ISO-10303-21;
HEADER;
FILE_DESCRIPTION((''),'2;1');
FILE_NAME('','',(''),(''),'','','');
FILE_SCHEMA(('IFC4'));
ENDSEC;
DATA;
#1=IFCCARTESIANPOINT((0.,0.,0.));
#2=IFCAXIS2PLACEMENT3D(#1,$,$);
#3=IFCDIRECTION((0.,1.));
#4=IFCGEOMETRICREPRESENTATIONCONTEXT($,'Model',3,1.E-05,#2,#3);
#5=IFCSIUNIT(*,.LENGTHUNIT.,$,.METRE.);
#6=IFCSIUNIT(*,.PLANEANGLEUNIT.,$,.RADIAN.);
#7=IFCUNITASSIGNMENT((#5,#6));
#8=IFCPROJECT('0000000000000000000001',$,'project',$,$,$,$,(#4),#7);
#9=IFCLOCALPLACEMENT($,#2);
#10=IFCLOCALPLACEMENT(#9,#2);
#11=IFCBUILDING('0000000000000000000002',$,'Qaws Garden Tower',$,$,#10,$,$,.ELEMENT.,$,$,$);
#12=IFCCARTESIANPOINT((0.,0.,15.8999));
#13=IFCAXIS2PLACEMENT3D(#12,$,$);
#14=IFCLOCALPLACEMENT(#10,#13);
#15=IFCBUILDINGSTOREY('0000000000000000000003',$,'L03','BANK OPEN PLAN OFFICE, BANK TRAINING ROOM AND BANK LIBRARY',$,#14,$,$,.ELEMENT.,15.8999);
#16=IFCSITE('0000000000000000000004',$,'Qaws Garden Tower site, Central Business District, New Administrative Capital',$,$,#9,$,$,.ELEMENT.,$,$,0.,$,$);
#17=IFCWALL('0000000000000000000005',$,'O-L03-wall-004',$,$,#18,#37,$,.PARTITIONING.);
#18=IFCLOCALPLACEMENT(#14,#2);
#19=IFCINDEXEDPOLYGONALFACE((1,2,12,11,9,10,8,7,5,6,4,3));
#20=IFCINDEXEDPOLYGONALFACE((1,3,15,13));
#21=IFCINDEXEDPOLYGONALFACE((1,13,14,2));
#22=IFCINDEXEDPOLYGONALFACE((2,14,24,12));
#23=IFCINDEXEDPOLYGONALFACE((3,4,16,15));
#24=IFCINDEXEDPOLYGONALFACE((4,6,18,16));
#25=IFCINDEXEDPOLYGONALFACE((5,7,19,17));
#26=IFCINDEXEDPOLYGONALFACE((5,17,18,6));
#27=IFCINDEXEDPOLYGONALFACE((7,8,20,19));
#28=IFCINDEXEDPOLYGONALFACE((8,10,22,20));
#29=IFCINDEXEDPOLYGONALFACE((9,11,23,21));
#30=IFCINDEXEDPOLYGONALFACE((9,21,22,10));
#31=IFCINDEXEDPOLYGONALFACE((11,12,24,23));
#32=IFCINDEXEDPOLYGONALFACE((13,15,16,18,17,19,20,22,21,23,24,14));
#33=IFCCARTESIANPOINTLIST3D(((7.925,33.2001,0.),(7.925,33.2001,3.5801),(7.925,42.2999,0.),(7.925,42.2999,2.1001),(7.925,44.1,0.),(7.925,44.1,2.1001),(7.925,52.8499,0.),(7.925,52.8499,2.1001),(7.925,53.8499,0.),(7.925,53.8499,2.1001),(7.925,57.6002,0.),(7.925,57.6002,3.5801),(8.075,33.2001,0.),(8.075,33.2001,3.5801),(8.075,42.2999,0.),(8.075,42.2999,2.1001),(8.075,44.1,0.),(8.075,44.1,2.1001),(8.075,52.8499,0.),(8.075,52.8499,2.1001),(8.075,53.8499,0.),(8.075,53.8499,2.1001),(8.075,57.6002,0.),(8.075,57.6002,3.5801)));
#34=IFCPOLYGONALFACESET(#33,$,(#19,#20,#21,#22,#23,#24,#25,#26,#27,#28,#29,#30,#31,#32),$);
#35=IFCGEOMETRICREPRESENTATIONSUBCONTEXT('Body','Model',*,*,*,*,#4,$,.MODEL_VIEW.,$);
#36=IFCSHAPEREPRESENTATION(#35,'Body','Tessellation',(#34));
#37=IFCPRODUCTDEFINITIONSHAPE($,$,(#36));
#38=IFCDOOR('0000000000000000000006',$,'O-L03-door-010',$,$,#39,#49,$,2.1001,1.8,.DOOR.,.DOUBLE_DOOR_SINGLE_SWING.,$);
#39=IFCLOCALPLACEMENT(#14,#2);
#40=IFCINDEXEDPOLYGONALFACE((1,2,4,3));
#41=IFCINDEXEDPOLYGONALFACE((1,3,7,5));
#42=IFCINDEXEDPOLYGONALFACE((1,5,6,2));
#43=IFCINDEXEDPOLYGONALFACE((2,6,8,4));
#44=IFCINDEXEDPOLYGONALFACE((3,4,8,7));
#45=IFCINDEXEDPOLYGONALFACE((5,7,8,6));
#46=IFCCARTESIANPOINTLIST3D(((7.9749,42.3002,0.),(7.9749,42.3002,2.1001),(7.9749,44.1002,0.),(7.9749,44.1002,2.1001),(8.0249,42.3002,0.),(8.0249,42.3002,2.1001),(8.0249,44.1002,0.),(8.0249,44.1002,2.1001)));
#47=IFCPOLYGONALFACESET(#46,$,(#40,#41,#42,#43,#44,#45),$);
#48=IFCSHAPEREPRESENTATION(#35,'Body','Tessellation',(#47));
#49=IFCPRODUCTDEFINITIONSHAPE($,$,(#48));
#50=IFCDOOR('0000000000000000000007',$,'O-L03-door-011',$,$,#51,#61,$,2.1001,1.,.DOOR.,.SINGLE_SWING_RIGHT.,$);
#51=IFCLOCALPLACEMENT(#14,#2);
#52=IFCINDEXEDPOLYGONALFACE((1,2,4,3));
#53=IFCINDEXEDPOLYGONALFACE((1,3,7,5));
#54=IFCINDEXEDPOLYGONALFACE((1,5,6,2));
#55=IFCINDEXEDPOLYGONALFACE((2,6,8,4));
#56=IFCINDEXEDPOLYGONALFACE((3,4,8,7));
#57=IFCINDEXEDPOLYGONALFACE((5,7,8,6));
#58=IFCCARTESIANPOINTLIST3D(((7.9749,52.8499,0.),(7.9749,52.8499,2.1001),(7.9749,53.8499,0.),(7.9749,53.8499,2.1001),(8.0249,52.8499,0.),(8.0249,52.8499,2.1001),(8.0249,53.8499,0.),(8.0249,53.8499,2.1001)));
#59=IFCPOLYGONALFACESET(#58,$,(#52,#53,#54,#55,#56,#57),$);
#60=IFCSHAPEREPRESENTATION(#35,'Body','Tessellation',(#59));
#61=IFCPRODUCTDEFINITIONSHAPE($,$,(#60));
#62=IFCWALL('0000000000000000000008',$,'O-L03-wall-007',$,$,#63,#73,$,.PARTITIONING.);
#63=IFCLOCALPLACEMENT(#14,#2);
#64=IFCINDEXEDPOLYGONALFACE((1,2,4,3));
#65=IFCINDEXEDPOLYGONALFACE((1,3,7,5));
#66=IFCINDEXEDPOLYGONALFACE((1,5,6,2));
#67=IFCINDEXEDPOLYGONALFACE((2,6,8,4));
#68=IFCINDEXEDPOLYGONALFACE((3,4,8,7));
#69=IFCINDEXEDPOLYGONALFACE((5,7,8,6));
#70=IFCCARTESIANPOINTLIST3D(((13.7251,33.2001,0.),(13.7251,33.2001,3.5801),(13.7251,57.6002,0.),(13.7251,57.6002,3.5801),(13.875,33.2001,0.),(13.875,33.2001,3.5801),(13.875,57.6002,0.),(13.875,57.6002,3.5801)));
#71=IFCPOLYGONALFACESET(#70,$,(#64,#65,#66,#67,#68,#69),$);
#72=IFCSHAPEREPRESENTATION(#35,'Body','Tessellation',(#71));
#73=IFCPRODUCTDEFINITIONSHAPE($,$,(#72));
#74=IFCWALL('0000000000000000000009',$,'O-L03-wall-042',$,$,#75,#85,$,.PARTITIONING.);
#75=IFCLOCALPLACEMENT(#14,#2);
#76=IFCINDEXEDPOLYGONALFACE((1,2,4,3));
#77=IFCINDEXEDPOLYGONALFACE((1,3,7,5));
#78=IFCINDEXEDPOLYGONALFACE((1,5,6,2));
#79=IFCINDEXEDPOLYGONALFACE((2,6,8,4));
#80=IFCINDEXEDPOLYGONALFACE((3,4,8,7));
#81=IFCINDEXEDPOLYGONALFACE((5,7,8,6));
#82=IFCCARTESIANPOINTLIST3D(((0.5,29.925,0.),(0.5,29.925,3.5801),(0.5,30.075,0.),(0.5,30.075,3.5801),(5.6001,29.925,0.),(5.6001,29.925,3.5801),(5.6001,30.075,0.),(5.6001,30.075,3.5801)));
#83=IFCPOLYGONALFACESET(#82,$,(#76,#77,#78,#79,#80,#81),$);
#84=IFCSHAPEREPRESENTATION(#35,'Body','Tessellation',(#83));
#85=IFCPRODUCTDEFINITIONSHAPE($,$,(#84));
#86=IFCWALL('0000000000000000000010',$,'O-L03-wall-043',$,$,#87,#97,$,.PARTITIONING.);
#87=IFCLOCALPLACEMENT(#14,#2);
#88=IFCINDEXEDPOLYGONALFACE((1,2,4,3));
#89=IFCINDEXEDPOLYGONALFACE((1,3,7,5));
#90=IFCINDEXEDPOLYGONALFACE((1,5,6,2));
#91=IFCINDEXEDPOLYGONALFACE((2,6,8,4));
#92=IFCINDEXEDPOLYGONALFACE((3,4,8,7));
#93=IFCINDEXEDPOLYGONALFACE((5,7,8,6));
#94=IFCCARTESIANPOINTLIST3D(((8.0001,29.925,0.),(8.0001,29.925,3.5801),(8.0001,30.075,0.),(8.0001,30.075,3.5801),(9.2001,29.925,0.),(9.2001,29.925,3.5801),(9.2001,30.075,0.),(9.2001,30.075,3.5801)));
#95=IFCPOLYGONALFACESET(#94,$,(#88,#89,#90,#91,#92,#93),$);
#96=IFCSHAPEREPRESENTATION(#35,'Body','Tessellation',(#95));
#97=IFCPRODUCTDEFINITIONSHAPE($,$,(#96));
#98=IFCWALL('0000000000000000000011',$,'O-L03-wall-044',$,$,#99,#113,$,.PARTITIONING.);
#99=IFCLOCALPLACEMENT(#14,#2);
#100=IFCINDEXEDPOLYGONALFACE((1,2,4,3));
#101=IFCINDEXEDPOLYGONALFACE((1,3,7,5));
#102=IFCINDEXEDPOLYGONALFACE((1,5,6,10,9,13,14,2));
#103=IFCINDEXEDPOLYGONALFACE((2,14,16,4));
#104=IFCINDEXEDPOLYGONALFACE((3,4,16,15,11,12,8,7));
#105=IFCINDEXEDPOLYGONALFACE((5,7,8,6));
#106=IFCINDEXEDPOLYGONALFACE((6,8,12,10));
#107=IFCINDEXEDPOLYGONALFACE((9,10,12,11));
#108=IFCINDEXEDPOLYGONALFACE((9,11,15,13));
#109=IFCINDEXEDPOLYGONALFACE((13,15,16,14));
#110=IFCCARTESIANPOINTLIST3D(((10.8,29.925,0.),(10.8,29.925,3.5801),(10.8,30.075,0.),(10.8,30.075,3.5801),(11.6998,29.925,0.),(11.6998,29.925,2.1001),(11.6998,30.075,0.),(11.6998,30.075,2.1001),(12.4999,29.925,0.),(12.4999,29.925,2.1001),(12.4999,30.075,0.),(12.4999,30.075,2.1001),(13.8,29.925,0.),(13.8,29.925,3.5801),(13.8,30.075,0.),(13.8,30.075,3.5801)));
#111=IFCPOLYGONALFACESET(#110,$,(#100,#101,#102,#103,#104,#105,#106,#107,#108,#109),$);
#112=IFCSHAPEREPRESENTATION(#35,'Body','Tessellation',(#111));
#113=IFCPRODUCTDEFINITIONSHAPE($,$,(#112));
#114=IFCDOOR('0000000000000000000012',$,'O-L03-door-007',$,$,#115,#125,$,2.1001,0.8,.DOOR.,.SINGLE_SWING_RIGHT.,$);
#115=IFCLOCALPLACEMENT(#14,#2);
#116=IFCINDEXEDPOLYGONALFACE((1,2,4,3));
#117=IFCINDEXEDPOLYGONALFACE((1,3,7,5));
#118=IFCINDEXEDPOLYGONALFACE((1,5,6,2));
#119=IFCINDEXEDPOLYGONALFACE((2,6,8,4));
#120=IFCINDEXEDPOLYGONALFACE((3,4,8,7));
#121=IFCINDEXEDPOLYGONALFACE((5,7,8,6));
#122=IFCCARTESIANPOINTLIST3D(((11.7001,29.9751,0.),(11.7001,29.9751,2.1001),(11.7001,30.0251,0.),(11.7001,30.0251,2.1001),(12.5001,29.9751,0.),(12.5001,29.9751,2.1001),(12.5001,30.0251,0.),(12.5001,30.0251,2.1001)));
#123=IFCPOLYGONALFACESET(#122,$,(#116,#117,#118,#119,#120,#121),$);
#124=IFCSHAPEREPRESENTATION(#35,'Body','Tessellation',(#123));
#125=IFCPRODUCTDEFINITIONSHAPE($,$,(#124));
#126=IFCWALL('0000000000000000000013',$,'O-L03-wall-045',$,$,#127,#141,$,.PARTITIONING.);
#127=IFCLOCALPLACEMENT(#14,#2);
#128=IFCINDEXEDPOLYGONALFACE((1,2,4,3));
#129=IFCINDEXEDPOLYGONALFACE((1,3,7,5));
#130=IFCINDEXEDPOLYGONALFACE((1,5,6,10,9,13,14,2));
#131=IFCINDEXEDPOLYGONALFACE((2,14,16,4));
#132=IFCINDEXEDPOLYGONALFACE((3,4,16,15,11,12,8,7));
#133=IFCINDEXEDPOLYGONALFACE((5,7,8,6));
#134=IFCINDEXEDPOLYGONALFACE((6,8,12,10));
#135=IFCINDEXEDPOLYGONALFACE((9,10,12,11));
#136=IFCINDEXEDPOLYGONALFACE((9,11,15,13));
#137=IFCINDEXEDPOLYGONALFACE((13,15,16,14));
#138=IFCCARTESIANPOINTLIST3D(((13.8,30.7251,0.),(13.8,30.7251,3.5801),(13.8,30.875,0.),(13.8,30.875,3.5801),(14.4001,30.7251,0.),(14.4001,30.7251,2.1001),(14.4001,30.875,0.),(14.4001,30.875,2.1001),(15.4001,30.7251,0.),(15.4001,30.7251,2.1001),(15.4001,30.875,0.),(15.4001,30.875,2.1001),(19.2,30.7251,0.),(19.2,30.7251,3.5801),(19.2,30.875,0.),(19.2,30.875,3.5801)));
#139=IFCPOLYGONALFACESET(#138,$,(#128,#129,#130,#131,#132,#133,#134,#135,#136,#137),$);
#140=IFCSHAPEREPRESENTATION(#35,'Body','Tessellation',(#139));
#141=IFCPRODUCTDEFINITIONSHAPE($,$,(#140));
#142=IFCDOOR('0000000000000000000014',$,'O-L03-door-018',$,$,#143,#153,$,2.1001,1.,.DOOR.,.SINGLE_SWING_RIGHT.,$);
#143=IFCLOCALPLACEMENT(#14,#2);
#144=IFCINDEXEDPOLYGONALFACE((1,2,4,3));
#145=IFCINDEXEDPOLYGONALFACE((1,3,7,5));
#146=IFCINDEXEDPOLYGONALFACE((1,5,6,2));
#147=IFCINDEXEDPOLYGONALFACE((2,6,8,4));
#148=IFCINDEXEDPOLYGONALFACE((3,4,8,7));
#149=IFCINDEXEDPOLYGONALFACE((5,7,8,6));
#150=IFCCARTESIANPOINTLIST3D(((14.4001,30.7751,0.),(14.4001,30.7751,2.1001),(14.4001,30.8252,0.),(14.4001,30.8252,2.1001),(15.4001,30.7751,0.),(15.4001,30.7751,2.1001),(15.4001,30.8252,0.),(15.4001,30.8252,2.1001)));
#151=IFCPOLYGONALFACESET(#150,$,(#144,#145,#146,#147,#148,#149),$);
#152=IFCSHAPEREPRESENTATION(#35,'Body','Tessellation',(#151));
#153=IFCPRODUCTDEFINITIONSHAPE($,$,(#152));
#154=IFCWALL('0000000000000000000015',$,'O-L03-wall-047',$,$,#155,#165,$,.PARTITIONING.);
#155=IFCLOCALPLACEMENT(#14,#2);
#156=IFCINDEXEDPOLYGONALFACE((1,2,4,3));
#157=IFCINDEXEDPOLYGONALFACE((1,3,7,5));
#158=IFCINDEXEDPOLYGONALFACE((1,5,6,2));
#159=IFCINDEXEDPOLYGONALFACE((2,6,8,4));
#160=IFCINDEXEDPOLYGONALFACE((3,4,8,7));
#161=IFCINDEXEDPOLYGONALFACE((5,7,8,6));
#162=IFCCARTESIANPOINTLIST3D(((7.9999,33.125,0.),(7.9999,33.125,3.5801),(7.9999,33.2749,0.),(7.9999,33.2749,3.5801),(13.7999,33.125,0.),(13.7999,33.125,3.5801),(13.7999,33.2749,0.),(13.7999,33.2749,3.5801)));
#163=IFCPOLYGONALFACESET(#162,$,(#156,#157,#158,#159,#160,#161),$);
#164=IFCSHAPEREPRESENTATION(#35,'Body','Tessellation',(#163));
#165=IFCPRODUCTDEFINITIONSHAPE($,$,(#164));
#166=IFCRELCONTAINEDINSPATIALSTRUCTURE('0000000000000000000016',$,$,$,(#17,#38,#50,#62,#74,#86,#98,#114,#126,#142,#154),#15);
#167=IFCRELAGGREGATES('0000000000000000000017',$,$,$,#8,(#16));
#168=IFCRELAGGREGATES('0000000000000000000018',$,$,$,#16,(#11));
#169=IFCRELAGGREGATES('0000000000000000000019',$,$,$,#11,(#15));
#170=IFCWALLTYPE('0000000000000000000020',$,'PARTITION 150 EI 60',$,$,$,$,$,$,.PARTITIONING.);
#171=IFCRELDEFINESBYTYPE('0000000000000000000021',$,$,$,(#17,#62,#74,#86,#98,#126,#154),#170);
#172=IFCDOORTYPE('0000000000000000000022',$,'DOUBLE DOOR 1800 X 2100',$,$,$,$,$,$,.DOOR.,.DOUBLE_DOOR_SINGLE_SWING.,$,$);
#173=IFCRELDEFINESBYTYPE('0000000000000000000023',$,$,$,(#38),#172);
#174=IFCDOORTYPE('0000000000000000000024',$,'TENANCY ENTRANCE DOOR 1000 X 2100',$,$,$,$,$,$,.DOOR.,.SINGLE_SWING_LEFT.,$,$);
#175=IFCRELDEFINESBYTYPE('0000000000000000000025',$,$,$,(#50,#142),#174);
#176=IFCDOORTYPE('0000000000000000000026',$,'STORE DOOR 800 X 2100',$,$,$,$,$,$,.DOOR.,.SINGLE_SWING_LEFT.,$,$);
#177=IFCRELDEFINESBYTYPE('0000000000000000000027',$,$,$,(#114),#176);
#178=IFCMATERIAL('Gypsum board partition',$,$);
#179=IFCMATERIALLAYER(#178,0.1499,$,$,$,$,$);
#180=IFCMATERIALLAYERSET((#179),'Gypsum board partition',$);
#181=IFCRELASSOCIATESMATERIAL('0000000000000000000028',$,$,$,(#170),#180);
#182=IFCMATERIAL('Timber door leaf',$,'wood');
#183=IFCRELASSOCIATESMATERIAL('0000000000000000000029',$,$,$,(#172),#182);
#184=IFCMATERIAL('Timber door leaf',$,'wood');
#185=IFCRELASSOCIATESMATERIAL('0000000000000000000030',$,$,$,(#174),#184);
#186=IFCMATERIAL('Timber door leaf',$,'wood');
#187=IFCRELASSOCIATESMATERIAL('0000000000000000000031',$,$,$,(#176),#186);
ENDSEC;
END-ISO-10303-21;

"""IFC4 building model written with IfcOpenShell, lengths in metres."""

from ifc_helpers import new_model, si_unit, direction, frame, frame_2d, origin, place, context, subcontext, project, spatial, rectangle, extrude, material, layer, layer_set, type_object, element, fill, save


model = new_model("IFC4")

# Units and contexts
model_context = context("Model", 3, precision=1e-05, world=origin(), true_north=direction((0.0, 1.0)))
body_context = subcontext(model_context, "Body", "Model", "MODEL_VIEW")
ifc_project = project(units=[si_unit("LENGTHUNIT", "METRE"), si_unit("PLANEANGLEUNIT", "RADIAN")], contexts=[model_context])

# Site, building, storey
site_placement = place(None, origin())
site = spatial("IfcSite", under=ifc_project, at=site_placement, Name="Qaws Garden Tower site, Central Business District, New Administrative Capital", CompositionType="ELEMENT", RefElevation=0.0)
building_placement = place(site_placement, origin())
building = spatial("IfcBuilding", under=site, at=building_placement, Name="Qaws Garden Tower", CompositionType="ELEMENT")
storey_placement = place(building_placement, frame((0.0, 0.0, 15.8999)))
storey = spatial("IfcBuildingStorey", under=building, at=storey_placement, Name="L03", Description="BANK OPEN PLAN OFFICE, BANK TRAINING ROOM AND BANK LIBRARY", CompositionType="ELEMENT", Elevation=15.8999)

# Wall, openings, doors
ifc_material_1 = material(Name="Gypsum board partition")
ifc_layer_1 = layer(ifc_material_1, 0.1499)
ifc_layer_set_1 = layer_set([ifc_layer_1], Name="Gypsum board partition")
wall_type_1 = type_object("IfcWallType", Name="PARTITION 150 EI 60", PredefinedType="PARTITIONING", material=ifc_layer_set_1)
wall_1_placement = place(storey_placement, frame((8.0, 33.2, 0.0), z_axis=(0.0, 0.0, 1.0), x_axis=(0.0, 1.0, 0.0)))
wall_1 = element("IfcWall", 1, at=wall_1_placement, inside=storey, type_object=wall_type_1, Name="O-L03-wall-004", PredefinedType="PARTITIONING", context=body_context, shape_type="SweptSolid", body=[
    extrude(rectangle(XDim=24.4001, YDim=0.1499, at=frame_2d((12.2002, 0.0))), origin(), (0.0, 0.0, 1.0), 3.5801),
])
opening_1_placement = place(wall_1_placement, frame((9.1001, 0.0, 0.0)))
opening_1 = element("IfcOpeningElement", 2, at=opening_1_placement, cuts=wall_1, PredefinedType="OPENING", context=body_context, shape_type="SweptSolid", body=[
    extrude(rectangle(XDim=1.8, YDim=2.1001, at=frame_2d((0.8999, 1.05))), frame((0.0, 0.085, 0.0), z_axis=(0.0, -1.0, 0.0), x_axis=(1.0, 0.0, 0.0)), (0.0, 0.0, 1.0), 0.1699),
])
opening_2_placement = place(wall_1_placement, frame((19.6499, 0.0, 0.0)))
opening_2 = element("IfcOpeningElement", 3, at=opening_2_placement, cuts=wall_1, PredefinedType="OPENING", context=body_context, shape_type="SweptSolid", body=[
    extrude(rectangle(XDim=1.0, YDim=2.1001, at=frame_2d((0.5, 1.05))), frame((0.0, 0.085, 0.0), z_axis=(0.0, -1.0, 0.0), x_axis=(1.0, 0.0, 0.0)), (0.0, 0.0, 1.0), 0.1699),
])
ifc_material_2 = material(Name="Timber door leaf", Category="wood")
door_type_1 = type_object("IfcDoorType", Name="DOUBLE DOOR 1800 X 2100", OperationType="DOUBLE_DOOR_SINGLE_SWING", PredefinedType="DOOR", material=ifc_material_2)
door_1_placement = place(opening_1_placement, frame((1.8, 0.0, 0.0), z_axis=(0.0, 0.0, 1.0), x_axis=(-1.0, 0.0, 0.0)))
door_1 = element("IfcDoor", 4, at=door_1_placement, inside=storey, type_object=door_type_1, Name="O-L03-door-010", OperationType="DOUBLE_DOOR_SINGLE_SWING", OverallHeight=2.1001, OverallWidth=1.8, PredefinedType="DOOR", context=body_context, shape_type="SweptSolid", body=[
    extrude(rectangle(XDim=1.8, YDim=2.1001, at=frame_2d((0.8999, 1.05))), frame((0.0, 0.0249, 0.0), z_axis=(0.0, -1.0, 0.0), x_axis=(1.0, 0.0, 0.0)), (0.0, 0.0, 1.0), 0.05),
])
fill(opening_1, door_1)
ifc_material_3 = material(Name="Timber door leaf", Category="wood")
door_type_2 = type_object("IfcDoorType", Name="TENANCY ENTRANCE DOOR 1000 X 2100", OperationType="SINGLE_SWING_LEFT", PredefinedType="DOOR", material=ifc_material_3)
door_2_placement = place(opening_2_placement, frame((1.0, 0.0, 0.0), z_axis=(0.0, 0.0, 1.0), x_axis=(-1.0, 0.0, 0.0)))
door_2 = element("IfcDoor", 5, at=door_2_placement, inside=storey, type_object=door_type_2, Name="O-L03-door-011", OperationType="SINGLE_SWING_RIGHT", OverallHeight=2.1001, OverallWidth=1.0, PredefinedType="DOOR", context=body_context, shape_type="SweptSolid", body=[
    extrude(rectangle(XDim=1.0, YDim=2.1001, at=frame_2d((0.5, 1.05))), frame((0.0, 0.0249, 0.0), z_axis=(0.0, -1.0, 0.0), x_axis=(1.0, 0.0, 0.0)), (0.0, 0.0, 1.0), 0.05),
])
fill(opening_2, door_2)

# Walls
wall_2_placement = place(storey_placement, frame((13.8, 33.2, 0.0), z_axis=(0.0, 0.0, 1.0), x_axis=(0.0, 1.0, 0.0)))
element("IfcWall", 6, at=wall_2_placement, inside=storey, type_object=wall_type_1, Name="O-L03-wall-007", PredefinedType="PARTITIONING", context=body_context, shape_type="SweptSolid", body=[
    extrude(rectangle(XDim=24.4001, YDim=0.1499, at=frame_2d((12.2002, 0.0))), origin(), (0.0, 0.0, 1.0), 3.5801),
])
wall_3_placement = place(storey_placement, frame((0.5, 30.0, 0.0), z_axis=(0.0, 0.0, 1.0), x_axis=(1.0, 0.0, 0.0)))
element("IfcWall", 7, at=wall_3_placement, inside=storey, type_object=wall_type_1, Name="O-L03-wall-042", PredefinedType="PARTITIONING", context=body_context, shape_type="SweptSolid", body=[
    extrude(rectangle(XDim=5.1001, YDim=0.1499, at=frame_2d((2.55, 0.0))), origin(), (0.0, 0.0, 1.0), 3.5801),
])
wall_4_placement = place(storey_placement, frame((8.0, 30.0, 0.0), z_axis=(0.0, 0.0, 1.0), x_axis=(1.0, 0.0, 0.0)))
element("IfcWall", 8, at=wall_4_placement, inside=storey, type_object=wall_type_1, Name="O-L03-wall-043", PredefinedType="PARTITIONING", context=body_context, shape_type="SweptSolid", body=[
    extrude(rectangle(XDim=1.2, YDim=0.1499, at=frame_2d((0.6001, 0.0))), origin(), (0.0, 0.0, 1.0), 3.5801),
])

# Walls, openings, doors
wall_5_placement = place(storey_placement, frame((10.8, 30.0, 0.0), z_axis=(0.0, 0.0, 1.0), x_axis=(1.0, 0.0, 0.0)))
wall_5 = element("IfcWall", 9, at=wall_5_placement, inside=storey, type_object=wall_type_1, Name="O-L03-wall-044", PredefinedType="PARTITIONING", context=body_context, shape_type="SweptSolid", body=[
    extrude(rectangle(XDim=3.0, YDim=0.1499, at=frame_2d((1.5, 0.0))), origin(), (0.0, 0.0, 1.0), 3.5801),
])
opening_3_placement = place(wall_5_placement, frame((0.8999, 0.0, 0.0)))
opening_3 = element("IfcOpeningElement", 10, at=opening_3_placement, cuts=wall_5, PredefinedType="OPENING", context=body_context, shape_type="SweptSolid", body=[
    extrude(rectangle(XDim=0.8, YDim=2.1001, at=frame_2d((0.3999, 1.05))), frame((0.0, 0.085, 0.0), z_axis=(0.0, -1.0, 0.0), x_axis=(1.0, 0.0, 0.0)), (0.0, 0.0, 1.0), 0.1699),
])
ifc_material_4 = material(Name="Timber door leaf", Category="wood")
door_type_3 = type_object("IfcDoorType", Name="STORE DOOR 800 X 2100", OperationType="SINGLE_SWING_LEFT", PredefinedType="DOOR", material=ifc_material_4)
door_3_placement = place(opening_3_placement, frame((0.8, 0.0, 0.0), z_axis=(0.0, 0.0, 1.0), x_axis=(-1.0, 0.0, 0.0)))
door_3 = element("IfcDoor", 11, at=door_3_placement, inside=storey, type_object=door_type_3, Name="O-L03-door-007", OperationType="SINGLE_SWING_RIGHT", OverallHeight=2.1001, OverallWidth=0.8, PredefinedType="DOOR", context=body_context, shape_type="SweptSolid", body=[
    extrude(rectangle(XDim=0.8, YDim=2.1001, at=frame_2d((0.3999, 1.05))), frame((0.0, 0.0249, 0.0), z_axis=(0.0, -1.0, 0.0), x_axis=(1.0, 0.0, 0.0)), (0.0, 0.0, 1.0), 0.05),
])
fill(opening_3, door_3)
wall_6_placement = place(storey_placement, frame((13.8, 30.8, 0.0), z_axis=(0.0, 0.0, 1.0), x_axis=(1.0, 0.0, 0.0)))
wall_6 = element("IfcWall", 12, at=wall_6_placement, inside=storey, type_object=wall_type_1, Name="O-L03-wall-045", PredefinedType="PARTITIONING", context=body_context, shape_type="SweptSolid", body=[
    extrude(rectangle(XDim=5.3999, YDim=0.1499, at=frame_2d((2.7, 0.0))), origin(), (0.0, 0.0, 1.0), 3.5801),
])
opening_4_placement = place(wall_6_placement, frame((0.6001, 0.0, 0.0)))
opening_4 = element("IfcOpeningElement", 13, at=opening_4_placement, cuts=wall_6, PredefinedType="OPENING", context=body_context, shape_type="SweptSolid", body=[
    extrude(rectangle(XDim=1.0, YDim=2.1001, at=frame_2d((0.5, 1.05))), frame((0.0, 0.085, 0.0), z_axis=(0.0, -1.0, 0.0), x_axis=(1.0, 0.0, 0.0)), (0.0, 0.0, 1.0), 0.1699),
])
door_4_placement = place(opening_4_placement, frame((1.0, 0.0, 0.0), z_axis=(0.0, 0.0, 1.0), x_axis=(-1.0, 0.0, 0.0)))
door_4 = element("IfcDoor", 14, at=door_4_placement, inside=storey, type_object=door_type_2, Name="O-L03-door-018", OperationType="SINGLE_SWING_RIGHT", OverallHeight=2.1001, OverallWidth=1.0, PredefinedType="DOOR", context=body_context, shape_type="SweptSolid", body=[
    extrude(rectangle(XDim=1.0, YDim=2.1001, at=frame_2d((0.5, 1.05))), frame((0.0, 0.0249, 0.0), z_axis=(0.0, -1.0, 0.0), x_axis=(1.0, 0.0, 0.0)), (0.0, 0.0, 1.0), 0.05),
])
fill(opening_4, door_4)

# Wall
wall_7_placement = place(storey_placement, frame((8.0, 33.2, 0.0), z_axis=(0.0, 0.0, 1.0), x_axis=(1.0, 0.0, 0.0)))
element("IfcWall", 15, at=wall_7_placement, inside=storey, type_object=wall_type_1, Name="O-L03-wall-047", PredefinedType="PARTITIONING", context=body_context, shape_type="SweptSolid", body=[
    extrude(rectangle(XDim=5.8, YDim=0.1499, at=frame_2d((2.8999, 0.0))), origin(), (0.0, 0.0, 1.0), 3.5801),
])

save(model, "model.ifc")
